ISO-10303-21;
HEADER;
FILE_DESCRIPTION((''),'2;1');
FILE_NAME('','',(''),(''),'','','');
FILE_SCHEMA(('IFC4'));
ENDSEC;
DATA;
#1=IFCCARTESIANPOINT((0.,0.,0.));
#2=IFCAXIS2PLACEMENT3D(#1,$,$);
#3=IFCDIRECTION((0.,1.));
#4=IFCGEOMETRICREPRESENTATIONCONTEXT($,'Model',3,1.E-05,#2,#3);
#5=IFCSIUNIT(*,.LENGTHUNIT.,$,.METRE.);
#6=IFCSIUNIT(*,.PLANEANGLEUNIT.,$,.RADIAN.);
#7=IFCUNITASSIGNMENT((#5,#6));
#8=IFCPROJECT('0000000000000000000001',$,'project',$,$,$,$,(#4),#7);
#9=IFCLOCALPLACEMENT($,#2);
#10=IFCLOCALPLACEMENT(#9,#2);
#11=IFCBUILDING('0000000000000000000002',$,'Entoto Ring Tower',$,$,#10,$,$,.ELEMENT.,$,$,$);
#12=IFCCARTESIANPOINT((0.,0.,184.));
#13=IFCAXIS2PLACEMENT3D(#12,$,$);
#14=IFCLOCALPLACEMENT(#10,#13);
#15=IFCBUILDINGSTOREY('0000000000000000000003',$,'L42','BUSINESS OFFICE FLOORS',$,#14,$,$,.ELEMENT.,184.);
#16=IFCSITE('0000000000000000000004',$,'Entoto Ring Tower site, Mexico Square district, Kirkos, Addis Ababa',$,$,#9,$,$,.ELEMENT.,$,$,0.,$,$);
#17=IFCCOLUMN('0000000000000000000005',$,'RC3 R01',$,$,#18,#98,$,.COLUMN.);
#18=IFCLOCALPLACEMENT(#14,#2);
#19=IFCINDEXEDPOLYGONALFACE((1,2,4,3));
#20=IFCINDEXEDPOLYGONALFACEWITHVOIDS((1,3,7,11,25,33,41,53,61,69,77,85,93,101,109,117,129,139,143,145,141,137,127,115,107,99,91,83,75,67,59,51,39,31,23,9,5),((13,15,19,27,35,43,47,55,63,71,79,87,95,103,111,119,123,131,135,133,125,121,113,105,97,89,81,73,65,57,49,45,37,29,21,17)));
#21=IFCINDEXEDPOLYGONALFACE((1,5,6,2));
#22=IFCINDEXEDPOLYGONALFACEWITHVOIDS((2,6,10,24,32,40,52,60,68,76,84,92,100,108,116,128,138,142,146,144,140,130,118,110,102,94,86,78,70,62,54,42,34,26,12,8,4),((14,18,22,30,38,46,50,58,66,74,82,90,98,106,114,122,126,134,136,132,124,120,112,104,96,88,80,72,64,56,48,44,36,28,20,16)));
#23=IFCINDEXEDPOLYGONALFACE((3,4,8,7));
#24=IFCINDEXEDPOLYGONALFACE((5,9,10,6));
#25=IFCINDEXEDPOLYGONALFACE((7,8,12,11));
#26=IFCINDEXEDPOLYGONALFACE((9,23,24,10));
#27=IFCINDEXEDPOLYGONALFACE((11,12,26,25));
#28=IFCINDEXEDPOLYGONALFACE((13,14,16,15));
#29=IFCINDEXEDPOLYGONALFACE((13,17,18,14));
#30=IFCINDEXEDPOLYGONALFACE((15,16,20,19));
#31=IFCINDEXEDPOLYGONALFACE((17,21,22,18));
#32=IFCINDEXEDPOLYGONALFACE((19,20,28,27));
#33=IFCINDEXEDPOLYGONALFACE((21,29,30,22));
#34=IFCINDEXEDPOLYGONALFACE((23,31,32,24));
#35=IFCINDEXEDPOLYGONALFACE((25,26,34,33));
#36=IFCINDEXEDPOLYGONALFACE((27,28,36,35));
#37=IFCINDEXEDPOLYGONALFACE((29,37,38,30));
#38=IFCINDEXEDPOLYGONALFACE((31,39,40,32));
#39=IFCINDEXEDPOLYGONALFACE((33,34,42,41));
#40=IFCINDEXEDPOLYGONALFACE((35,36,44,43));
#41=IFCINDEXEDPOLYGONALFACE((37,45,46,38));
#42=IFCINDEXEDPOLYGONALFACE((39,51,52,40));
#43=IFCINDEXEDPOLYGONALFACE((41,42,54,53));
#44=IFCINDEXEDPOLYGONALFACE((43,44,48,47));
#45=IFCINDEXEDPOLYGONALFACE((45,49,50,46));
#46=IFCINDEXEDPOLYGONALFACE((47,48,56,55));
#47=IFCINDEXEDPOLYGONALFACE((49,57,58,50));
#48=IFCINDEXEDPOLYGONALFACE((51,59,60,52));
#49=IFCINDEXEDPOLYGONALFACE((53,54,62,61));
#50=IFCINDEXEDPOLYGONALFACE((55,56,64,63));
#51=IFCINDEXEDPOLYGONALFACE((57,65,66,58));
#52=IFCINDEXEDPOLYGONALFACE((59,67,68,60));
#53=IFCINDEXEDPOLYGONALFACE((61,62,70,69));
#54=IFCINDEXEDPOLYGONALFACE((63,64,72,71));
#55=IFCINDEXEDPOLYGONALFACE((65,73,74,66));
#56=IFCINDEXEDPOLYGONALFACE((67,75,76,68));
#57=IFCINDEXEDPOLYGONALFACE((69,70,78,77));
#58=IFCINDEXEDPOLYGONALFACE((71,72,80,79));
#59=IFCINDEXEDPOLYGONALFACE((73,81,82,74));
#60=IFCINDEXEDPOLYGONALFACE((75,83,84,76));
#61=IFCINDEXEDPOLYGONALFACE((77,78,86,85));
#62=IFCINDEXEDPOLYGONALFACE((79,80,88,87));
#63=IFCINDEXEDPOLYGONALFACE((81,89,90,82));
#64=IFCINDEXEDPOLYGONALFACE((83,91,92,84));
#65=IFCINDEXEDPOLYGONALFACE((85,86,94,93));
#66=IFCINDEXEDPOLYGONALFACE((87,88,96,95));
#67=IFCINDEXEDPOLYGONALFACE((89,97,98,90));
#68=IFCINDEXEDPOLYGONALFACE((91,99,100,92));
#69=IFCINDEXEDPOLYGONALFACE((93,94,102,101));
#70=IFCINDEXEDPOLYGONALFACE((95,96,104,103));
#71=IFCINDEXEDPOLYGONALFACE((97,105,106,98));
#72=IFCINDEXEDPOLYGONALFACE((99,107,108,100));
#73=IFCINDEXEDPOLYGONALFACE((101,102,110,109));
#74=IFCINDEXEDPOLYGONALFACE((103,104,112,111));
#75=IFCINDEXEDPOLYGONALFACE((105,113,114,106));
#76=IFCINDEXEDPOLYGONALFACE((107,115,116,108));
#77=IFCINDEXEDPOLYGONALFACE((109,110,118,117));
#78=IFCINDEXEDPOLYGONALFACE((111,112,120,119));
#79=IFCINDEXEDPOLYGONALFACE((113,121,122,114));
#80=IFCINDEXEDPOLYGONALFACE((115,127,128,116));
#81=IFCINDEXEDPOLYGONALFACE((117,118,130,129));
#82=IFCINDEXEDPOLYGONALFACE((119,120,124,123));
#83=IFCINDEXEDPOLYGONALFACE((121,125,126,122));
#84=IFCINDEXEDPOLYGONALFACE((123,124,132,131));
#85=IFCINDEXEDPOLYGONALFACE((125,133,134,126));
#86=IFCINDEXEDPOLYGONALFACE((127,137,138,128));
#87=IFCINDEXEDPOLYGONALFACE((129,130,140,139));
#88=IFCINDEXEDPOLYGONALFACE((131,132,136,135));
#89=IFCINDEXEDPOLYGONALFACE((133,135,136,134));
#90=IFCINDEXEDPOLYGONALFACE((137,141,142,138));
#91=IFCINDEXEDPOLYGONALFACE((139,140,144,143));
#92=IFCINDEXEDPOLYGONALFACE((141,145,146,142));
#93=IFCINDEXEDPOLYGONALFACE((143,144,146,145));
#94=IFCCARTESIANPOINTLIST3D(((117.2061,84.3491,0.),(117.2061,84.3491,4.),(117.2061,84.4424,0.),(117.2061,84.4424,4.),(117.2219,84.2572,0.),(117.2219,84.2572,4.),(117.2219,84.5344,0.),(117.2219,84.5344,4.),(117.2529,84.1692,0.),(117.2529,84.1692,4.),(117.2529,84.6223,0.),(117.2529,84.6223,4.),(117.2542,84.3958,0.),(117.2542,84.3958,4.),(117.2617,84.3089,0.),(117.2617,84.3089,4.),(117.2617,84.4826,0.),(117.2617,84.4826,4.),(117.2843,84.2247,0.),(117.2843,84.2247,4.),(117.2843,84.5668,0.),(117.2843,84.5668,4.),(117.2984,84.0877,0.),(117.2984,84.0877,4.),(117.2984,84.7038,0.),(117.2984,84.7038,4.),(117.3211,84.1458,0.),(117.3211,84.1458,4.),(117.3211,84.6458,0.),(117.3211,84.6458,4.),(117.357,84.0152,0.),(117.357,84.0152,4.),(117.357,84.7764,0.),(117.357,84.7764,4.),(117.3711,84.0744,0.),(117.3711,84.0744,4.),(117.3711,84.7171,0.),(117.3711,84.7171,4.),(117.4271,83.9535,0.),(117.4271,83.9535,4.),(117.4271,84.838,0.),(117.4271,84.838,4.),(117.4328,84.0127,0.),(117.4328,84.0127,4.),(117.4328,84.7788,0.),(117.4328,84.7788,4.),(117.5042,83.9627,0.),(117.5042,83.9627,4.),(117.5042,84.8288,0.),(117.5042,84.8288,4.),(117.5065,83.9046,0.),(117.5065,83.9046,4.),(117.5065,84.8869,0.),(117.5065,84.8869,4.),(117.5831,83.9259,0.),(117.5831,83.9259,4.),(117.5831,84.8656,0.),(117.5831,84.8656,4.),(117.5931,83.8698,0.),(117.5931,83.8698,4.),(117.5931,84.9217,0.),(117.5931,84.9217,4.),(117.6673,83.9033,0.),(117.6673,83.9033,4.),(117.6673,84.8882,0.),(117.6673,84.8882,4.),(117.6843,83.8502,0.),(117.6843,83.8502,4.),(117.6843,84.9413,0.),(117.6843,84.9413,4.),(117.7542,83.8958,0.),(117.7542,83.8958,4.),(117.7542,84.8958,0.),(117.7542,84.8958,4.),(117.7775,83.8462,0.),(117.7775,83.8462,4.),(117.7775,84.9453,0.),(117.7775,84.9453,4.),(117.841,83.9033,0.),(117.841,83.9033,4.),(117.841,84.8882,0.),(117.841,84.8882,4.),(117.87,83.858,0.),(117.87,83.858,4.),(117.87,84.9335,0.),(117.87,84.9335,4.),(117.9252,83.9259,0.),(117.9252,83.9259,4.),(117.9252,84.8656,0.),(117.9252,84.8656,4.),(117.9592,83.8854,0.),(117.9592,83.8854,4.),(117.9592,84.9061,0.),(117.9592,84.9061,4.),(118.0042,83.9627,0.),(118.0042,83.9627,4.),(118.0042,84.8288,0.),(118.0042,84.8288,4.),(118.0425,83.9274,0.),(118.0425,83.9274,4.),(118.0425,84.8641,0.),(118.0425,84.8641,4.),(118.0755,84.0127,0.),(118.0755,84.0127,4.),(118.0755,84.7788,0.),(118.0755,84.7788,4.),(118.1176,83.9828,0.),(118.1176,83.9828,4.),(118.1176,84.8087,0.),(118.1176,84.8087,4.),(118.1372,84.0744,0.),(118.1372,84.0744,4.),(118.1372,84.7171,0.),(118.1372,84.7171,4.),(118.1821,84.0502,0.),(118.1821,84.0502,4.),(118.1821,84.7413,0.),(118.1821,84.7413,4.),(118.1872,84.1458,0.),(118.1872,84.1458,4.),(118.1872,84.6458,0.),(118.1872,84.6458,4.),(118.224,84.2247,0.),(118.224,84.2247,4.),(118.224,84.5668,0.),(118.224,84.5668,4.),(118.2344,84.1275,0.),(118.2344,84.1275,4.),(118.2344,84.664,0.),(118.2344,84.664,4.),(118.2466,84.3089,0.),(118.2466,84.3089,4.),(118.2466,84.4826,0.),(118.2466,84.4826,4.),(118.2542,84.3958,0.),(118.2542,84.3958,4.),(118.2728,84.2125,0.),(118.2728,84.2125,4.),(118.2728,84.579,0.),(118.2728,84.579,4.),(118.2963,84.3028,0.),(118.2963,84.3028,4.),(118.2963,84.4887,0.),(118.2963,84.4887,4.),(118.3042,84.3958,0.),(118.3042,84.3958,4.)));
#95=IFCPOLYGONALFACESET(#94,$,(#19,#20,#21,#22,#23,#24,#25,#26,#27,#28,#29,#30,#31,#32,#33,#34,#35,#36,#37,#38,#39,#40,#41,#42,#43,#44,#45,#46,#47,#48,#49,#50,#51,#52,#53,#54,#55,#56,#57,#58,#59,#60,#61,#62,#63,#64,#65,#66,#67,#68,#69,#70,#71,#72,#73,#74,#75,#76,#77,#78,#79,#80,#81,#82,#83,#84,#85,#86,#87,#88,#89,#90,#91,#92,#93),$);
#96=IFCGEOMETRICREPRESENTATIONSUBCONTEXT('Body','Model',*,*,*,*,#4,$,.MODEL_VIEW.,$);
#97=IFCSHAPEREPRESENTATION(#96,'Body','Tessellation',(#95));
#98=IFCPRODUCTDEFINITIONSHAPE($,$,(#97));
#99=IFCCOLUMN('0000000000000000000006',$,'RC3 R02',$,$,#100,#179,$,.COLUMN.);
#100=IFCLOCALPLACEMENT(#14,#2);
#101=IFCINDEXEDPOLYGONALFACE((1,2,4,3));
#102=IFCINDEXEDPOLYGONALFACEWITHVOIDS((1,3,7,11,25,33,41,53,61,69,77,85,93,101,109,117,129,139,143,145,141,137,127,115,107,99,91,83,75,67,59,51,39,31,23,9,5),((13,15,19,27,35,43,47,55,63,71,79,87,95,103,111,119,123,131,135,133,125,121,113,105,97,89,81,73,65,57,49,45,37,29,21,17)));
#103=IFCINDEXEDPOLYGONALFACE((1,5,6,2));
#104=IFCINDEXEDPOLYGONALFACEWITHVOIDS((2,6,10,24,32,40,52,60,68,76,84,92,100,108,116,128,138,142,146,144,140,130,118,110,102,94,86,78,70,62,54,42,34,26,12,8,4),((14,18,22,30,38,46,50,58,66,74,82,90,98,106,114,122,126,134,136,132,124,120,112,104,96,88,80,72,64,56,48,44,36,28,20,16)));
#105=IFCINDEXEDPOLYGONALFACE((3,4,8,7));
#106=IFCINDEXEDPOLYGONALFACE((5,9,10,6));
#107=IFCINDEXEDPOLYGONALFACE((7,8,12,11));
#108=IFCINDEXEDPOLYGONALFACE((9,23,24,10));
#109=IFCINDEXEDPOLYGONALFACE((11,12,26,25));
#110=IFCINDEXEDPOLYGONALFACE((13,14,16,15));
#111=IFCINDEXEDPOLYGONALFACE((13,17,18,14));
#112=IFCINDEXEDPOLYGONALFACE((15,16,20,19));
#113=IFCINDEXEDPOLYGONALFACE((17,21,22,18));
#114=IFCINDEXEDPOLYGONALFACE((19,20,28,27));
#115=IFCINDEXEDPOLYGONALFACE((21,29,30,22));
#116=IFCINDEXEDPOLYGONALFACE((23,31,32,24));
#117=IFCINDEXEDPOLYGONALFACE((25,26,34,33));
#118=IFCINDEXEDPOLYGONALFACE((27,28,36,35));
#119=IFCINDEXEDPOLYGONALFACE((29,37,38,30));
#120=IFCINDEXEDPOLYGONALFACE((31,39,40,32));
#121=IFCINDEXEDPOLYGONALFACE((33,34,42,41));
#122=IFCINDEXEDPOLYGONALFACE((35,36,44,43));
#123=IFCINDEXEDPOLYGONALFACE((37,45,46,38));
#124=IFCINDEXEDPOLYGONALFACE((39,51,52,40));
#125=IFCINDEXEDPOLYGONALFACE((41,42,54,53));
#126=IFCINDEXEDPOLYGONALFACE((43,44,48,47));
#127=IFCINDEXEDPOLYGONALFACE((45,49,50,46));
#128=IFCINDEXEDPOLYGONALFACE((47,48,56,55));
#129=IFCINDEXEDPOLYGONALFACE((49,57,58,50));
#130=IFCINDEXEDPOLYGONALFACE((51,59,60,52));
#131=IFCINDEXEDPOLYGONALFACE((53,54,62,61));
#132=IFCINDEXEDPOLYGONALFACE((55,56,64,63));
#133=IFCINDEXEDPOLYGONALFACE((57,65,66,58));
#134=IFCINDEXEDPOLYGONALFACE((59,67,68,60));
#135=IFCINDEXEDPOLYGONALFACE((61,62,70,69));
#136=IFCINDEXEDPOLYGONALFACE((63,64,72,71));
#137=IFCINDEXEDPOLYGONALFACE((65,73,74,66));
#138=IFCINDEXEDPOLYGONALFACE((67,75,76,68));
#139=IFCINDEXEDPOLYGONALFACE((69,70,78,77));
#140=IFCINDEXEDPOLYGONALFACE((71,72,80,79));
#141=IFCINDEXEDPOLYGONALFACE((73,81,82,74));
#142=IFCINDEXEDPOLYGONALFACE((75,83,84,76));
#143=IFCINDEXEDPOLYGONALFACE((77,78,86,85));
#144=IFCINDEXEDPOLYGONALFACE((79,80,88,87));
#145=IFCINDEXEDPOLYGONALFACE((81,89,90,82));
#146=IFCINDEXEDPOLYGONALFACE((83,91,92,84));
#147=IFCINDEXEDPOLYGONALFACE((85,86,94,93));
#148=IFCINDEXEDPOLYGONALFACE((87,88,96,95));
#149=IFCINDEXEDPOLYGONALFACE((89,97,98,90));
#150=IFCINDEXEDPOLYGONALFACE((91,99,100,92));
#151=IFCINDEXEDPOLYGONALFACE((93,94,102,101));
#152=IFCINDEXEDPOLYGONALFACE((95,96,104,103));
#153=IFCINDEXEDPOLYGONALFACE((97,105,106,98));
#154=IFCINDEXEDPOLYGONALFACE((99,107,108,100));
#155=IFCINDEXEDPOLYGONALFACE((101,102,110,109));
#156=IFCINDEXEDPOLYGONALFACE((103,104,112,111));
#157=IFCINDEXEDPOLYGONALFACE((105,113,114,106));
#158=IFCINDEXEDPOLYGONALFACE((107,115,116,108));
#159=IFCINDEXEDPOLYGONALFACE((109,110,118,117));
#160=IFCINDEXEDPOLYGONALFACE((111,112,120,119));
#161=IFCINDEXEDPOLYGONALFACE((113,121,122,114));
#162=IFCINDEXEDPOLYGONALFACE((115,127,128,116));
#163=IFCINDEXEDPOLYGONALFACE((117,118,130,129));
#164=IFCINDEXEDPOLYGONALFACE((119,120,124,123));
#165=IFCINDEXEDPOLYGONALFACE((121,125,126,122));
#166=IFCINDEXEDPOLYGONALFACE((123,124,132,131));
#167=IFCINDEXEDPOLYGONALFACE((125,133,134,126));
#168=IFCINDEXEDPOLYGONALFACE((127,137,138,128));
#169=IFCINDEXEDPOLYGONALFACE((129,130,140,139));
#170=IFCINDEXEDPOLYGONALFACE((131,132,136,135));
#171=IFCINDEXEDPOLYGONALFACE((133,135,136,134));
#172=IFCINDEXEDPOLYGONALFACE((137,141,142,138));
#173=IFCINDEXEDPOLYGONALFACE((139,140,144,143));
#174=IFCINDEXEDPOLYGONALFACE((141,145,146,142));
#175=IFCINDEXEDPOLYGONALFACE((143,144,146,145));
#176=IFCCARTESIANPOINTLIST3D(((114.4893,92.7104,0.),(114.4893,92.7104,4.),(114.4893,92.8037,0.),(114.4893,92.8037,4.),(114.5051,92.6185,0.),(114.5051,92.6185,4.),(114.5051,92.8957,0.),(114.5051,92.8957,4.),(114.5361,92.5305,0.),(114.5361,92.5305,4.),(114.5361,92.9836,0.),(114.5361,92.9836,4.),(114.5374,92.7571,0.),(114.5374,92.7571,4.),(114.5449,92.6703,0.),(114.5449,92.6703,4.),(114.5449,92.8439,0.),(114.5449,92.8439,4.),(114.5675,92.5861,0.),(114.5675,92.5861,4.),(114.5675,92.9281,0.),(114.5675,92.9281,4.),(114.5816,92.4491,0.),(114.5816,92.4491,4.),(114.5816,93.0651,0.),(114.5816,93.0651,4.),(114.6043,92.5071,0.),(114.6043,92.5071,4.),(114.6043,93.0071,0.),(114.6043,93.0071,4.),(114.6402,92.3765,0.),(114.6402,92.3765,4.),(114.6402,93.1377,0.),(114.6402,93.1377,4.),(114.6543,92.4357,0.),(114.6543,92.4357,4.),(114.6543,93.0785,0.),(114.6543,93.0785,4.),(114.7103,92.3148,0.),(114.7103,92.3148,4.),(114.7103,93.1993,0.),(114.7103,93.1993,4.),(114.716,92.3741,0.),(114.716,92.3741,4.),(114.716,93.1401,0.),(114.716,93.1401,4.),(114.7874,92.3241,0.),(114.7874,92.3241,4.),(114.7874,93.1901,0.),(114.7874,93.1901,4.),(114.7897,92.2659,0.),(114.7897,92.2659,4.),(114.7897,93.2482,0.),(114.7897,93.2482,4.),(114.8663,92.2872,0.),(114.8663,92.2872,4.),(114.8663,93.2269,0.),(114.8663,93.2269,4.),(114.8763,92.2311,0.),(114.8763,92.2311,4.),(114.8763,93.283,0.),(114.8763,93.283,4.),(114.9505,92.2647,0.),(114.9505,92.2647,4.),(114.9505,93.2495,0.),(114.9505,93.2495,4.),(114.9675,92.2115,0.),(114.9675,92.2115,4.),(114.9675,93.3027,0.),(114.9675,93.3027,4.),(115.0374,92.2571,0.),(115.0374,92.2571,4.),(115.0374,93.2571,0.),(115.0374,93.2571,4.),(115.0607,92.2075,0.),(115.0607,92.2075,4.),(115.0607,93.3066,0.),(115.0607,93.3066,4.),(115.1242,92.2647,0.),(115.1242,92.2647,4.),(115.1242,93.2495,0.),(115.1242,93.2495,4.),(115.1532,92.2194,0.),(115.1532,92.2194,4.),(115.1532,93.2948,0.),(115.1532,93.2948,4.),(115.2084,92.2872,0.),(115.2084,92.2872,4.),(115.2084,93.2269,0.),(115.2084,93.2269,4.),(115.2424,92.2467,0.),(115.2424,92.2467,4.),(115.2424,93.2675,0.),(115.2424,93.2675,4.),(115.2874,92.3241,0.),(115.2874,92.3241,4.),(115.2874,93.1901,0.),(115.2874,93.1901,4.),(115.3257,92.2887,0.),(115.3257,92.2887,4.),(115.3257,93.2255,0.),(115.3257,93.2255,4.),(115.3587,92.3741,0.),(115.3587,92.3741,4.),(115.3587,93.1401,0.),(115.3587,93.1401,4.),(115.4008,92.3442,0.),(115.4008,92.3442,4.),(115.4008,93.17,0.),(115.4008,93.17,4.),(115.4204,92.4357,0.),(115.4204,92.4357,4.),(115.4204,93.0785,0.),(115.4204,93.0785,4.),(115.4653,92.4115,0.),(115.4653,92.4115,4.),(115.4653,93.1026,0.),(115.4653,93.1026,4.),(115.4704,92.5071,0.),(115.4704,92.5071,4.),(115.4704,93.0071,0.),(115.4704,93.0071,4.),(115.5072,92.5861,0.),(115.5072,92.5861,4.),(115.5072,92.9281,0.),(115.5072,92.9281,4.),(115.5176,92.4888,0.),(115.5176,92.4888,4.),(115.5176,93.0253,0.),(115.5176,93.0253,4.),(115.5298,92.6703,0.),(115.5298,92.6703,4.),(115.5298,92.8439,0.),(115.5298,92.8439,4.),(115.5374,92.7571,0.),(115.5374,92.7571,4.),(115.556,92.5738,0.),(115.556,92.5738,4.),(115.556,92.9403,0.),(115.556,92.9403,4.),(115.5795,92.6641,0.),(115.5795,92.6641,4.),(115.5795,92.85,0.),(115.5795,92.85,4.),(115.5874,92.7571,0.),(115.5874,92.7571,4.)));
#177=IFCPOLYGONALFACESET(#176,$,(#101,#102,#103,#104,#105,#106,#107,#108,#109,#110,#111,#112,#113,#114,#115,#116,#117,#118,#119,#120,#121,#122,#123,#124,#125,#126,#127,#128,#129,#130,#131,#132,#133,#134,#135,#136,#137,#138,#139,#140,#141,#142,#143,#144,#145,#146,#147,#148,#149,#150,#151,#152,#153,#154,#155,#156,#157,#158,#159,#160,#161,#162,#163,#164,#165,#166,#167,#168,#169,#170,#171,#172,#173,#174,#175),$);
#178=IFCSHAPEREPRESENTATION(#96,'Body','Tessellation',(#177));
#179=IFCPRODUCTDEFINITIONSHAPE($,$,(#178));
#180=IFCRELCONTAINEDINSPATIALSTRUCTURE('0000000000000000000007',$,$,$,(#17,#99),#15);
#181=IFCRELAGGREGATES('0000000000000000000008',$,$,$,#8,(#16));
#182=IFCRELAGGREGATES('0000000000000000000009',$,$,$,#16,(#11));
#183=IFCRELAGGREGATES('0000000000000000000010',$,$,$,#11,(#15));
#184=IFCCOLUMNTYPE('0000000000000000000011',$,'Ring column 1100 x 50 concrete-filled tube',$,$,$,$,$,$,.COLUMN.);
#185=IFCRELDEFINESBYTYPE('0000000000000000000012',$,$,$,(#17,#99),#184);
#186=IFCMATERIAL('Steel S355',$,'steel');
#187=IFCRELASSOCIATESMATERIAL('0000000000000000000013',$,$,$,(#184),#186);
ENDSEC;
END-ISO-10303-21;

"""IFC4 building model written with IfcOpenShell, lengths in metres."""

from ifc_helpers import new_model, si_unit, direction, frame, origin, origin_2d, place, context, subcontext, project, spatial, circle, hollow_circle, extrude, material, material_profile, profile_set, type_object, element, save


model = new_model("IFC4")

# Units and contexts
model_context = context("Model", 3, precision=1e-05, world=origin(), true_north=direction((0.0, 1.0)))
body_context = subcontext(model_context, "Body", "Model", "MODEL_VIEW")
ifc_project = project(units=[si_unit("LENGTHUNIT", "METRE"), si_unit("PLANEANGLEUNIT", "RADIAN")], contexts=[model_context])

# Site, building, storey
site_placement = place(None, origin())
site = spatial("IfcSite", under=ifc_project, at=site_placement, Name="Entoto Ring Tower site, Mexico Square district, Kirkos, Addis Ababa", CompositionType="ELEMENT", RefElevation=0.0)
building_placement = place(site_placement, origin())
building = spatial("IfcBuilding", under=site, at=building_placement, Name="Entoto Ring Tower", CompositionType="ELEMENT")
storey_placement = place(building_placement, frame((0.0, 0.0, 184.0)))
storey = spatial("IfcBuildingStorey", under=building, at=storey_placement, Name="L42", Description="BUSINESS OFFICE FLOORS", CompositionType="ELEMENT", Elevation=184.0)

# Columns
ifc_material_1 = material(Name="Steel S355", Category="steel")
ifc_material_profile_1 = material_profile(ifc_material_1, hollow_circle(Radius=0.55, WallThickness=0.05, at=origin_2d()), Name="CHS 1100 x 50")
ifc_material_2 = material(Name="Concrete C60/75", Category="concrete")
ifc_material_profile_2 = material_profile(ifc_material_2, circle(Radius=0.5, at=origin_2d()), Name="Concrete C60/75 infill")
ifc_profile_set_1 = profile_set([ifc_material_profile_1, ifc_material_profile_2], Name="Steel S355")
column_type = type_object("IfcColumnType", Name="Ring column 1100 x 50 concrete-filled tube", PredefinedType="COLUMN", material=ifc_profile_set_1)
for number, where, z_axis, x_axis, name in (
    (1, (117.7542, 84.3958, 0.0), (0.0, 0.0, 1.0), (1.0, 0.0, 0.0), "RC3 R01"),
    (2, (115.0374, 92.7571, 0.0), (0.0, 0.0, 1.0), (1.0, 0.0, 0.0), "RC3 R02"),
):
    element("IfcColumn", number, at=place(storey_placement, frame(where, z_axis=z_axis, x_axis=x_axis)), inside=storey, type_object=column_type, Name=name, PredefinedType="COLUMN", context=body_context, shape_type="SweptSolid", body=[
        extrude(hollow_circle(Radius=0.55, WallThickness=0.05, at=origin_2d()), origin(), (0.0, 0.0, 1.0), 4.0),
    ])

save(model, "model.ifc")
